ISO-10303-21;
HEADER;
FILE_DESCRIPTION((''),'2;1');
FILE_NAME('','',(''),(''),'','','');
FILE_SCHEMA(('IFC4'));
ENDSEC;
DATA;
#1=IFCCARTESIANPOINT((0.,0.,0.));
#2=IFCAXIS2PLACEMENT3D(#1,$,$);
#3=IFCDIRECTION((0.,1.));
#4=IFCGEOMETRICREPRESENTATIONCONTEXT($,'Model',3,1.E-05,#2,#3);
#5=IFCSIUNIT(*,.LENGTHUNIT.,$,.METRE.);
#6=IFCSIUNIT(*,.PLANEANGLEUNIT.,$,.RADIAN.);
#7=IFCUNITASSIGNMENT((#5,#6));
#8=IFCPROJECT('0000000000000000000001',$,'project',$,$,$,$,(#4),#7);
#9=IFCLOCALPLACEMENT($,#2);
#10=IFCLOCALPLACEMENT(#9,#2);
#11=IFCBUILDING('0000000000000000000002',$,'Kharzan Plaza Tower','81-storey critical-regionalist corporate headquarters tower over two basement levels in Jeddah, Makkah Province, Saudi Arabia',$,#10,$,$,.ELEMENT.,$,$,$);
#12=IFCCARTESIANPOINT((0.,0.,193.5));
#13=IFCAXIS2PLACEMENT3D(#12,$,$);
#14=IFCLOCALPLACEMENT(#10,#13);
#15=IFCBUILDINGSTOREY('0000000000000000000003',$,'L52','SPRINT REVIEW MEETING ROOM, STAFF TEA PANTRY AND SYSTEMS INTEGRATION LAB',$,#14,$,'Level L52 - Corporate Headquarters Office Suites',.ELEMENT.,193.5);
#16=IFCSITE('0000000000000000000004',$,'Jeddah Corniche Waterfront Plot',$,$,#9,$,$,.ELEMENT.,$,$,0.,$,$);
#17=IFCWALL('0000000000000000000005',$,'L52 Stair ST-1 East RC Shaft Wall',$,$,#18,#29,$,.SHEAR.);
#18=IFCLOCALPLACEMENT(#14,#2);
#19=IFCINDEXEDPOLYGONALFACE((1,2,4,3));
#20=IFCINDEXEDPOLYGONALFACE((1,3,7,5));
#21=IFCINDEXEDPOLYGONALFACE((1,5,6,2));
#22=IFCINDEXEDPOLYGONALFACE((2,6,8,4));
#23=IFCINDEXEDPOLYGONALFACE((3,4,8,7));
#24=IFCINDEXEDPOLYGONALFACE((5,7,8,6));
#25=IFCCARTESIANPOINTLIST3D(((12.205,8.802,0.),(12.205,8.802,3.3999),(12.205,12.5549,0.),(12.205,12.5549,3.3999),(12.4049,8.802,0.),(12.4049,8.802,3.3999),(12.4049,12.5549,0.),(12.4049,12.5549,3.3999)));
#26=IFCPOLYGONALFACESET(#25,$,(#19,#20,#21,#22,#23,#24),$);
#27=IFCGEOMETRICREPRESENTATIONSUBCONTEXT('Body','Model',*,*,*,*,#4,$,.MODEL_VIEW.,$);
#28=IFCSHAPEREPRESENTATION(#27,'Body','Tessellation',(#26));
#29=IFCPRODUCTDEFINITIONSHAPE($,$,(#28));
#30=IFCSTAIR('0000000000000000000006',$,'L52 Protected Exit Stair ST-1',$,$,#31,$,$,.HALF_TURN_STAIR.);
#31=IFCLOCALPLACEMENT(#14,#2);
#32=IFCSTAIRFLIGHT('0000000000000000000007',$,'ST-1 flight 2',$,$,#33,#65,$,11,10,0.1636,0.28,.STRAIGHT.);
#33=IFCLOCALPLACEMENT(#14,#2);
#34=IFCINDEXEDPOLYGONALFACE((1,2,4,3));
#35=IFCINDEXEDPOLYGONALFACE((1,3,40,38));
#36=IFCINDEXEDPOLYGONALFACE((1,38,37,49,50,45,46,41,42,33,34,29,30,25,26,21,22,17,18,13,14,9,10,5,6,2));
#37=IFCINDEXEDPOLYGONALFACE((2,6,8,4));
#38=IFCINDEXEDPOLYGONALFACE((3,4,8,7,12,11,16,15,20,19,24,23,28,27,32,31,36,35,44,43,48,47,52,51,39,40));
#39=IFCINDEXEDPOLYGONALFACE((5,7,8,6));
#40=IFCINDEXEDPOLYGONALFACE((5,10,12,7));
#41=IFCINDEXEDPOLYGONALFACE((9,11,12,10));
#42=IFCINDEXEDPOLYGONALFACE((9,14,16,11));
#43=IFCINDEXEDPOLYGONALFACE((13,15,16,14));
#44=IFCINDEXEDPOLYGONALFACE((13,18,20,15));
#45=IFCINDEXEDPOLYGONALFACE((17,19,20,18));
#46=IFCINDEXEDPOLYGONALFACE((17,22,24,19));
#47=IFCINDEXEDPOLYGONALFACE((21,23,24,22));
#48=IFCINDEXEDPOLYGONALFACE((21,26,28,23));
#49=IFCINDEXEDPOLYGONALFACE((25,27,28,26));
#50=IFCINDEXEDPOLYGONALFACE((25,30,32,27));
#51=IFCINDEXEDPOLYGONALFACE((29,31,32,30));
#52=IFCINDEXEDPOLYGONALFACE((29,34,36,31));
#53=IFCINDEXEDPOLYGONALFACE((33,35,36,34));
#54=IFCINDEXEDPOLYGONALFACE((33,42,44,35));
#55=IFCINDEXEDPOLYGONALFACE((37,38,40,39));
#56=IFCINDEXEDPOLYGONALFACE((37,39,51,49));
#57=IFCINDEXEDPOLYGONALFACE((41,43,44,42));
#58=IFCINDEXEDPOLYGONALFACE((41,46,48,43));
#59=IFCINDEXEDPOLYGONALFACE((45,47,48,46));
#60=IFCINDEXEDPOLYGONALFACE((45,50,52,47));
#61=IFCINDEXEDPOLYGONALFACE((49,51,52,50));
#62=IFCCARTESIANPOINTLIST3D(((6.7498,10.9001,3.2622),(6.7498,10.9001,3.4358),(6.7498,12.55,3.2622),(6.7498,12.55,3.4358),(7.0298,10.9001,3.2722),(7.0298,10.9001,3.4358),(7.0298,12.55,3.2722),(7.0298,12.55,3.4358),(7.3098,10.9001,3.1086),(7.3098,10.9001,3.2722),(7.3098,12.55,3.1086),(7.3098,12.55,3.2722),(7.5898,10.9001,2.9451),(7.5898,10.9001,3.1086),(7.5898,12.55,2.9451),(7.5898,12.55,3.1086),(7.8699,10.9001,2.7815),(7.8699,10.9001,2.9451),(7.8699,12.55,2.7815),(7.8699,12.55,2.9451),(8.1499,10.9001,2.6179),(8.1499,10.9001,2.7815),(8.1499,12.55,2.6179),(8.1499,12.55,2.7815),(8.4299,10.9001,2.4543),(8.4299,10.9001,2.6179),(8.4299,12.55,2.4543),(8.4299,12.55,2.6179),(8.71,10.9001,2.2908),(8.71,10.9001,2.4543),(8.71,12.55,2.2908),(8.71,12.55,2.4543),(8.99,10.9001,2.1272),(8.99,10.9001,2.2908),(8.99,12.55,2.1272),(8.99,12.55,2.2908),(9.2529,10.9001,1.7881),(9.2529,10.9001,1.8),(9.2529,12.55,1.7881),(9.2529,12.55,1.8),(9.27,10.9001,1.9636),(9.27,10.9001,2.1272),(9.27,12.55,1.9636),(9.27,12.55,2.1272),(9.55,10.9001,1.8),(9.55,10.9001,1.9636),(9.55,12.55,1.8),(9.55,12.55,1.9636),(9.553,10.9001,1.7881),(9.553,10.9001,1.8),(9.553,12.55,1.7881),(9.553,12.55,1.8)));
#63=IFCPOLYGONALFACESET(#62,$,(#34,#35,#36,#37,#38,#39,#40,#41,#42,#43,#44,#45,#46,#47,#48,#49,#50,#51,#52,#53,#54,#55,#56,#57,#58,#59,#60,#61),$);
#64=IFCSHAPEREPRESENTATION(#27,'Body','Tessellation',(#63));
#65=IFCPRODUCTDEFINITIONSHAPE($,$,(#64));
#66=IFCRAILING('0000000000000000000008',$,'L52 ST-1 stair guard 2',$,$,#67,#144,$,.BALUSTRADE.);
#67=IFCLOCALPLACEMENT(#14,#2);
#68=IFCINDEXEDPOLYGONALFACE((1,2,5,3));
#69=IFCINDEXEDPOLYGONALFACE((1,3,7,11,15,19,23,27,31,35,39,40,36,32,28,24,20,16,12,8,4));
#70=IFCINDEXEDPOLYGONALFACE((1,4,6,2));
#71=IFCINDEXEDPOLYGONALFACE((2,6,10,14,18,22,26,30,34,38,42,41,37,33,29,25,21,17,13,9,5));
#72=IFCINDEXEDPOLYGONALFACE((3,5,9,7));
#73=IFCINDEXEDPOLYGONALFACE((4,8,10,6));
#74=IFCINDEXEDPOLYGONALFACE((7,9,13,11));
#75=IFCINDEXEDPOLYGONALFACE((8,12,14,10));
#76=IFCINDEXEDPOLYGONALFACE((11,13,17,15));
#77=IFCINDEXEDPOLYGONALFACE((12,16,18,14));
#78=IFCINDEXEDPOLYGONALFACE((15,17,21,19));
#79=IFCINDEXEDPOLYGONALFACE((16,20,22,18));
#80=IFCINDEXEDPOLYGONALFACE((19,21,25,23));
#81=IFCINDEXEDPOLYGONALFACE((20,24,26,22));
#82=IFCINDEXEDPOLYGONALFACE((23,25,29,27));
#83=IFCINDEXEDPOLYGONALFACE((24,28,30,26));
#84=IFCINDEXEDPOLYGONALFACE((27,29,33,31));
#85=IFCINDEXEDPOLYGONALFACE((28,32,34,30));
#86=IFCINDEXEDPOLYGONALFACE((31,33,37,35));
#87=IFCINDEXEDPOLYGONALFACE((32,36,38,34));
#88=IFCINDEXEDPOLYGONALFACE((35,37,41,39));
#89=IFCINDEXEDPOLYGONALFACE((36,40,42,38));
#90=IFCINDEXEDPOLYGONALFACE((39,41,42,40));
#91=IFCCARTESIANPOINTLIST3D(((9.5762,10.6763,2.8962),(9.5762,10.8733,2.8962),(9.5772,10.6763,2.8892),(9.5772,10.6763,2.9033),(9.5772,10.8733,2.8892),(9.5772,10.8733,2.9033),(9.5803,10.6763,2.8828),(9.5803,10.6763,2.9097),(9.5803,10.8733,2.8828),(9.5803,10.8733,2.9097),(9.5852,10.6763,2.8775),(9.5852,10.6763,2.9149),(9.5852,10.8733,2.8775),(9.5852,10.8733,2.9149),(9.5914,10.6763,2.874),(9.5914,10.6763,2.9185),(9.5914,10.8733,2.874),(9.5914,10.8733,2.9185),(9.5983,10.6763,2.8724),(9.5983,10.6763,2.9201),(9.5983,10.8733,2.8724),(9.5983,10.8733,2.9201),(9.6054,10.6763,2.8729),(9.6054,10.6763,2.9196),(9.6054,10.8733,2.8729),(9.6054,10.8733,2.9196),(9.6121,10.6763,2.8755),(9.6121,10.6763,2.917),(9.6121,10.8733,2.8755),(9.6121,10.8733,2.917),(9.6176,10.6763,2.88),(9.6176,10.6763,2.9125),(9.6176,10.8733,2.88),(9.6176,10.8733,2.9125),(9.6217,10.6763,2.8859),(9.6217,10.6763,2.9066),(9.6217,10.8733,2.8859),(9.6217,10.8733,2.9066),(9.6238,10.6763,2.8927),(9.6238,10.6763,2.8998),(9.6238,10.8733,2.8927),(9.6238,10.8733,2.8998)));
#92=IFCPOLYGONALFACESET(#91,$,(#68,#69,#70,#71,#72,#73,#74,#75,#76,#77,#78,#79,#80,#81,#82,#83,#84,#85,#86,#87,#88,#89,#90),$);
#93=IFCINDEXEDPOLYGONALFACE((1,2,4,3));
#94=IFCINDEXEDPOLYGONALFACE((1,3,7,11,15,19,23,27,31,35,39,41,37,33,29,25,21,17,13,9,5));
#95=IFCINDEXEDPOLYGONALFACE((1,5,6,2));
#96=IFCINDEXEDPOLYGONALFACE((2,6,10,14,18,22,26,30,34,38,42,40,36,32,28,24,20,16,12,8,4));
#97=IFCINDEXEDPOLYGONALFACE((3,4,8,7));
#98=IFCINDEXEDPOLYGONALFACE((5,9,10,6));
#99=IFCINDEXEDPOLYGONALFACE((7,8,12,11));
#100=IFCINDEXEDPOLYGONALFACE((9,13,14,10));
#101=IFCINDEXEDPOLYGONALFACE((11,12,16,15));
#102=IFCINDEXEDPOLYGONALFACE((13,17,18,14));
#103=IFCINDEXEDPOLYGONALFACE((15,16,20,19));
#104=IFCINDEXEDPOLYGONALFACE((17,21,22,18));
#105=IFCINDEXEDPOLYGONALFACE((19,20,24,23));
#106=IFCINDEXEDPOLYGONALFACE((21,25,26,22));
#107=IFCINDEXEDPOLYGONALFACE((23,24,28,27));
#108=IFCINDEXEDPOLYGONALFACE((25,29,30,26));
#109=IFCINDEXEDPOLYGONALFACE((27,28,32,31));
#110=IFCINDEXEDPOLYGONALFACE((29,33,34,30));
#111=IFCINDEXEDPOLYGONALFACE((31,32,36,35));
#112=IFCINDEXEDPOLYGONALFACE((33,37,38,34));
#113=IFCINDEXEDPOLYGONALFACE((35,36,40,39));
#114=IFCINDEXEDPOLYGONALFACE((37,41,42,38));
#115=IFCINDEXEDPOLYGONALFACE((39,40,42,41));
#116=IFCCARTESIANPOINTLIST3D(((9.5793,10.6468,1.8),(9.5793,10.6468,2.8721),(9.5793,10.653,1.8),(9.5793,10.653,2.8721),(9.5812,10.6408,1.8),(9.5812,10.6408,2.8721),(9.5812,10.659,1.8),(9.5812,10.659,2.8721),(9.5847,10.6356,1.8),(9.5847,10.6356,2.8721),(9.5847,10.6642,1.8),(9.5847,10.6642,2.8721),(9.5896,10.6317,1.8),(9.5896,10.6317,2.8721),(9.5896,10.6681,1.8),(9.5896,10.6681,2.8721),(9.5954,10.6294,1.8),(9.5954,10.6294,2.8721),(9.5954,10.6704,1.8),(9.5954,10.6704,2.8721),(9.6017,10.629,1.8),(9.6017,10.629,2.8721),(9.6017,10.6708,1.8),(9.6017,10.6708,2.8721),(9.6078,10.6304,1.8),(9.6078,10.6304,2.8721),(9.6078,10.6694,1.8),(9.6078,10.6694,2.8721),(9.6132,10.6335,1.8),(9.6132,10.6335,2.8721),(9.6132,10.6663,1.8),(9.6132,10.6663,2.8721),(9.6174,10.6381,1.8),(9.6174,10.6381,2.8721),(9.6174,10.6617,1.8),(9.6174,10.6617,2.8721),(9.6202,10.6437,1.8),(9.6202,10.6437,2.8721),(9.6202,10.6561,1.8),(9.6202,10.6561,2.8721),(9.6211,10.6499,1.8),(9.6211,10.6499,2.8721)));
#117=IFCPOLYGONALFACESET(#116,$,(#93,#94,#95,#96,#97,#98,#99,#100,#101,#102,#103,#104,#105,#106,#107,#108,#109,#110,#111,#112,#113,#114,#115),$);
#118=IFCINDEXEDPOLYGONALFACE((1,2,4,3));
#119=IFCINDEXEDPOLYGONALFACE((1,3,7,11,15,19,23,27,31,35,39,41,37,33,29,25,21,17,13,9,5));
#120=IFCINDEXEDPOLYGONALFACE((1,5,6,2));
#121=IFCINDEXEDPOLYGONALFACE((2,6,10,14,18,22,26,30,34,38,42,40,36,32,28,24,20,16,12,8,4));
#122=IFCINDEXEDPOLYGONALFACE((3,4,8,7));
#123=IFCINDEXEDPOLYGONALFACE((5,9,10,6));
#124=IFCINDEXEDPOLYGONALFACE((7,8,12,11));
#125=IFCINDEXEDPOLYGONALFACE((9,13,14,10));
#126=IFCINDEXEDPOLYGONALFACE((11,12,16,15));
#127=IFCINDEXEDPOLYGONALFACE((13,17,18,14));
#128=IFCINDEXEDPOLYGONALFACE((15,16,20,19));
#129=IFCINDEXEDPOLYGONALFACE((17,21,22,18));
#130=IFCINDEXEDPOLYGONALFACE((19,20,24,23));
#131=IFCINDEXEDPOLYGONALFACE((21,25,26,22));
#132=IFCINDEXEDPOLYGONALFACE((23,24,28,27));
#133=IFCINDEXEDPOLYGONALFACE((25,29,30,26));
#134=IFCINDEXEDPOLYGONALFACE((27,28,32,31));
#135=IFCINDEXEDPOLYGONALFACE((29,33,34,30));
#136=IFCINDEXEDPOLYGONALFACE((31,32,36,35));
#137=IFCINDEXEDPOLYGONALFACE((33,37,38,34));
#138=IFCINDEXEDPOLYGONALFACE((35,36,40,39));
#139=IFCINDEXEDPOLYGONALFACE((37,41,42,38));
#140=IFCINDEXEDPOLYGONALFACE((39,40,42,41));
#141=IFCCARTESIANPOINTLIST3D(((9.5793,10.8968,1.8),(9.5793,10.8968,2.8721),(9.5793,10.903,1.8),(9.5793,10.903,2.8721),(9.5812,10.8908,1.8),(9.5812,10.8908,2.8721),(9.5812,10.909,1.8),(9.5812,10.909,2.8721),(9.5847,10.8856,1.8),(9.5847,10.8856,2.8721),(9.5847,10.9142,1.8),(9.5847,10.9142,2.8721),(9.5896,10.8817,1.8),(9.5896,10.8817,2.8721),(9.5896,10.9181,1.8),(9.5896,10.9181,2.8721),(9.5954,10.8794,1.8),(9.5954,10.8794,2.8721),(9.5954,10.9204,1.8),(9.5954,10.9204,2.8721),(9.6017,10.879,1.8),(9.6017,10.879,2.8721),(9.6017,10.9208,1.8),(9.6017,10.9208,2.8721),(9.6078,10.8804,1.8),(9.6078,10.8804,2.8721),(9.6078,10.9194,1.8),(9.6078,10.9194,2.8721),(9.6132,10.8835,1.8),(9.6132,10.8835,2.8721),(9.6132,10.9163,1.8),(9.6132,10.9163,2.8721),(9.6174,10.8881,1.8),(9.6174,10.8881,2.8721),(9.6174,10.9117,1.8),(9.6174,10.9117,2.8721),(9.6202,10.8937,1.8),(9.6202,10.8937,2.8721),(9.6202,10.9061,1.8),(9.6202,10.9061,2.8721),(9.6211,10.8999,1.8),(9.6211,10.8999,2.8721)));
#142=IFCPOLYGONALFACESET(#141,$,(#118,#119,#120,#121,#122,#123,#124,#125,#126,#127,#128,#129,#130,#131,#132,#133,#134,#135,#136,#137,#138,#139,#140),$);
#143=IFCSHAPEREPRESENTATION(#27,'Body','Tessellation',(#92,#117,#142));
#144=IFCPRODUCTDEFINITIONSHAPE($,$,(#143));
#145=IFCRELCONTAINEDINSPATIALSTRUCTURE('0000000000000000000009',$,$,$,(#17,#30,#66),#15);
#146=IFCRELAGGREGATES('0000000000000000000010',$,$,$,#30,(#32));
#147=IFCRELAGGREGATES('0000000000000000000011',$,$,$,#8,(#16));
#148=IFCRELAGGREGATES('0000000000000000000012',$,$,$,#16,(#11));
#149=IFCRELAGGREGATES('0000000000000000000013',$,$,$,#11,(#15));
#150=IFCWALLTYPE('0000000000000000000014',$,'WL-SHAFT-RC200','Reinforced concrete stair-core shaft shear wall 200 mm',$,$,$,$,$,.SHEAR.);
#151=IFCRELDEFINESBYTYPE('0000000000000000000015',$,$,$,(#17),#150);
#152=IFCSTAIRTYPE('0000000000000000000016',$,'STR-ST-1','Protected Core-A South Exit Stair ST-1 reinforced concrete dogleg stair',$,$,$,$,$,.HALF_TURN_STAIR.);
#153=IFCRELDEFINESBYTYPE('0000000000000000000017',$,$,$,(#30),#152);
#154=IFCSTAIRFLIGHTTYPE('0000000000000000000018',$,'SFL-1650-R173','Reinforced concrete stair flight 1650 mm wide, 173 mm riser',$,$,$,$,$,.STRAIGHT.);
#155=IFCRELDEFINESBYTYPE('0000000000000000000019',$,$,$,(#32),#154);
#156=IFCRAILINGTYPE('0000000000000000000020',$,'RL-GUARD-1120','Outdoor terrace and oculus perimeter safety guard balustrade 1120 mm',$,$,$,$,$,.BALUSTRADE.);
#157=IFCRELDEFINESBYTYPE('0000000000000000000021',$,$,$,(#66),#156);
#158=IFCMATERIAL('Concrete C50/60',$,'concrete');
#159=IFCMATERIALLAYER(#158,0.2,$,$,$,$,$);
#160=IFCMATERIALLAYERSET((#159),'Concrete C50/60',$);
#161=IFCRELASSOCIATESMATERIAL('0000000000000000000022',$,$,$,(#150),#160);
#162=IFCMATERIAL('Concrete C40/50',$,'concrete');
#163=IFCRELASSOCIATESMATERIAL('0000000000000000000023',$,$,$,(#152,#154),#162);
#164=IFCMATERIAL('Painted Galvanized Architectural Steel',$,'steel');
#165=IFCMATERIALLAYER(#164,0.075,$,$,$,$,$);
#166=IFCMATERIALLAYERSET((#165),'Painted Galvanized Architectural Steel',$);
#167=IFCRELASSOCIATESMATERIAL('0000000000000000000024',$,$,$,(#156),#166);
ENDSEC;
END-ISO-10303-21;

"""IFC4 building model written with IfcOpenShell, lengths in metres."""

from ifc_helpers import new_model, si_unit, direction, frame, frame_2d, origin, origin_2d, place, context, subcontext, project, spatial, polyline, rectangle, circle, outline, extrude, source, transform, mapped, material, layer, layer_set, type_object, element, aggregate, save


model = new_model("IFC4")

# Units and contexts
model_context = context("Model", 3, precision=1e-05, world=origin(), true_north=direction((0.0, 1.0)))
body_context = subcontext(model_context, "Body", "Model", "MODEL_VIEW")
ifc_project = project(units=[si_unit("LENGTHUNIT", "METRE"), si_unit("PLANEANGLEUNIT", "RADIAN")], contexts=[model_context])

# Site, building, storey
site_placement = place(None, origin())
site = spatial("IfcSite", under=ifc_project, at=site_placement, Name="Jeddah Corniche Waterfront Plot", CompositionType="ELEMENT", RefElevation=0.0)
building_placement = place(site_placement, origin())
building = spatial("IfcBuilding", under=site, at=building_placement, Name="Kharzan Plaza Tower", Description="81-storey critical-regionalist corporate headquarters tower over two basement levels in Jeddah, Makkah Province, Saudi Arabia", CompositionType="ELEMENT")
storey_placement = place(building_placement, frame((0.0, 0.0, 193.5)))
storey = spatial("IfcBuildingStorey", under=building, at=storey_placement, Name="L52", Description="SPRINT REVIEW MEETING ROOM, STAFF TEA PANTRY AND SYSTEMS INTEGRATION LAB", LongName="Level L52 - Corporate Headquarters Office Suites", CompositionType="ELEMENT", Elevation=193.5)

# Shared definitions
ifc_material_1 = material(Name="Concrete C40/50", Category="concrete")

# Wall
ifc_material_2 = material(Name="Concrete C50/60", Category="concrete")
ifc_layer_1 = layer(ifc_material_2, 0.2)
ifc_layer_set_1 = layer_set([ifc_layer_1], Name="Concrete C50/60")
wall_type_1 = type_object("IfcWallType", Name="WL-SHAFT-RC200", Description="Reinforced concrete stair-core shaft shear wall 200 mm", PredefinedType="SHEAR", material=ifc_layer_set_1)
shared_shape_1 = source(origin(), body_context, "Body", "SweptSolid", [
    extrude(rectangle(XDim=3.7529, YDim=0.2, at=frame_2d((1.8765, 0.0))), origin(), (0.0, 0.0, 1.0), 3.3999),
])
wall_1_placement = place(storey_placement, frame((12.3049, 8.802, 0.0), z_axis=(0.0, 0.0, 1.0), x_axis=(0.0, 1.0, 0.0)))
element("IfcWall", 1, at=wall_1_placement, inside=storey, type_object=wall_type_1, Name="L52 Stair ST-1 East RC Shaft Wall", PredefinedType="SHEAR", context=body_context, shape_type="MappedRepresentation", body=[
    mapped(shared_shape_1, transform((0.0, 0.0, 0.0), x_axis=(1.0, 0.0, 0.0), y_axis=(0.0, 1.0, 0.0), z_axis=(0.0, 0.0, 1.0))),
])

# Stair, stair flight
stair_type = type_object("IfcStairType", Name="STR-ST-1", Description="Protected Core-A South Exit Stair ST-1 reinforced concrete dogleg stair", PredefinedType="HALF_TURN_STAIR", material=ifc_material_1)
stair_placement = place(storey_placement, origin())
stair = element("IfcStair", 2, at=stair_placement, inside=storey, type_object=stair_type, Name="L52 Protected Exit Stair ST-1", PredefinedType="HALF_TURN_STAIR")
stair_flight_type = type_object("IfcStairFlightType", Name="SFL-1650-R173", Description="Reinforced concrete stair flight 1650 mm wide, 173 mm riser", PredefinedType="STRAIGHT", material=ifc_material_1)
shared_shape_2 = source(origin(), body_context, "Body", "SweptSolid", [
    extrude(outline(polyline([(-0.0029, -0.012), (-0.0029, 0.0), (0.0, 0.0), (0.0, 0.1636), (0.28, 0.1636), (0.28, 0.3271), (0.5601, 0.3271), (0.5601, 0.4907), (0.8401, 0.4907), (0.8401, 0.6543), (1.1201, 0.6543), (1.1201, 0.8179), (1.4001, 0.8179), (1.4001, 0.9814), (1.6802, 0.9814), (1.6802, 1.145), (1.9602, 1.145), (1.9602, 1.3086), (2.2402, 1.3086), (2.2402, 1.4722), (2.5203, 1.4722), (2.5203, 1.6357), (2.8003, 1.6357), (2.8003, 1.7993), (2.8003, 1.4622), (0.2971, 0.0), (0.2971, -0.012), (-0.0029, -0.012)])), frame((0.0, 0.825, 0.0), z_axis=(0.0, -1.0, 0.0), x_axis=(1.0, 0.0, 0.0)), (0.0, 0.0, 1.0), 1.6499),
])
stair_flight_placement = place(storey_placement, frame((9.55, 11.7251, 1.8), z_axis=(0.0, 0.0, 1.0), x_axis=(-1.0, 0.0, 0.0)))
stair_flight = element("IfcStairFlight", 3, at=stair_flight_placement, type_object=stair_flight_type, Name="ST-1 flight 2", NumberOfRisers=11, NumberOfTreads=10, PredefinedType="STRAIGHT", RiserHeight=0.1636, TreadLength=0.28, context=body_context, shape_type="MappedRepresentation", body=[
    mapped(shared_shape_2, transform((0.0, 0.0, 0.0), x_axis=(1.0, 0.0, 0.0), y_axis=(0.0, 1.0, 0.0), z_axis=(0.0, 0.0, 1.0))),
])
aggregate(stair, [stair_flight])

# Railing
ifc_material_3 = material(Name="Painted Galvanized Architectural Steel", Category="steel")
ifc_layer_2 = layer(ifc_material_3, 0.075)
ifc_layer_set_2 = layer_set([ifc_layer_2], Name="Painted Galvanized Architectural Steel")
railing_type_1 = type_object("IfcRailingType", Name="RL-GUARD-1120", Description="Outdoor terrace and oculus perimeter safety guard balustrade 1120 mm", PredefinedType="BALUSTRADE", material=ifc_layer_set_2)
shared_shape_3 = source(origin(), body_context, "Body", "SweptSolid", [
    extrude(circle(Radius=0.0239, at=origin_2d()), frame((0.0, 0.0264, 1.0962), z_axis=(0.0, 1.0, 0.0), x_axis=(-1.0, 0.0, 0.0)), (0.0, 0.0, 1.0), 0.197),
    extrude(circle(Radius=0.021, at=origin_2d()), origin(), (0.0, 0.0, 1.0), 1.072),
    extrude(circle(Radius=0.021, at=origin_2d()), frame((0.0, 0.25, 0.0)), (0.0, 0.0, 1.0), 1.072),
])
railing_1_placement = place(storey_placement, frame((9.6001, 10.6499, 1.8)))
element("IfcRailing", 4, at=railing_1_placement, inside=storey, type_object=railing_type_1, Name="L52 ST-1 stair guard 2", PredefinedType="BALUSTRADE", context=body_context, shape_type="MappedRepresentation", body=[
    mapped(shared_shape_3, transform((0.0, 0.0, 0.0), x_axis=(1.0, 0.0, 0.0), y_axis=(0.0, 1.0, 0.0), z_axis=(0.0, 0.0, 1.0))),
])

save(model, "model.ifc")
